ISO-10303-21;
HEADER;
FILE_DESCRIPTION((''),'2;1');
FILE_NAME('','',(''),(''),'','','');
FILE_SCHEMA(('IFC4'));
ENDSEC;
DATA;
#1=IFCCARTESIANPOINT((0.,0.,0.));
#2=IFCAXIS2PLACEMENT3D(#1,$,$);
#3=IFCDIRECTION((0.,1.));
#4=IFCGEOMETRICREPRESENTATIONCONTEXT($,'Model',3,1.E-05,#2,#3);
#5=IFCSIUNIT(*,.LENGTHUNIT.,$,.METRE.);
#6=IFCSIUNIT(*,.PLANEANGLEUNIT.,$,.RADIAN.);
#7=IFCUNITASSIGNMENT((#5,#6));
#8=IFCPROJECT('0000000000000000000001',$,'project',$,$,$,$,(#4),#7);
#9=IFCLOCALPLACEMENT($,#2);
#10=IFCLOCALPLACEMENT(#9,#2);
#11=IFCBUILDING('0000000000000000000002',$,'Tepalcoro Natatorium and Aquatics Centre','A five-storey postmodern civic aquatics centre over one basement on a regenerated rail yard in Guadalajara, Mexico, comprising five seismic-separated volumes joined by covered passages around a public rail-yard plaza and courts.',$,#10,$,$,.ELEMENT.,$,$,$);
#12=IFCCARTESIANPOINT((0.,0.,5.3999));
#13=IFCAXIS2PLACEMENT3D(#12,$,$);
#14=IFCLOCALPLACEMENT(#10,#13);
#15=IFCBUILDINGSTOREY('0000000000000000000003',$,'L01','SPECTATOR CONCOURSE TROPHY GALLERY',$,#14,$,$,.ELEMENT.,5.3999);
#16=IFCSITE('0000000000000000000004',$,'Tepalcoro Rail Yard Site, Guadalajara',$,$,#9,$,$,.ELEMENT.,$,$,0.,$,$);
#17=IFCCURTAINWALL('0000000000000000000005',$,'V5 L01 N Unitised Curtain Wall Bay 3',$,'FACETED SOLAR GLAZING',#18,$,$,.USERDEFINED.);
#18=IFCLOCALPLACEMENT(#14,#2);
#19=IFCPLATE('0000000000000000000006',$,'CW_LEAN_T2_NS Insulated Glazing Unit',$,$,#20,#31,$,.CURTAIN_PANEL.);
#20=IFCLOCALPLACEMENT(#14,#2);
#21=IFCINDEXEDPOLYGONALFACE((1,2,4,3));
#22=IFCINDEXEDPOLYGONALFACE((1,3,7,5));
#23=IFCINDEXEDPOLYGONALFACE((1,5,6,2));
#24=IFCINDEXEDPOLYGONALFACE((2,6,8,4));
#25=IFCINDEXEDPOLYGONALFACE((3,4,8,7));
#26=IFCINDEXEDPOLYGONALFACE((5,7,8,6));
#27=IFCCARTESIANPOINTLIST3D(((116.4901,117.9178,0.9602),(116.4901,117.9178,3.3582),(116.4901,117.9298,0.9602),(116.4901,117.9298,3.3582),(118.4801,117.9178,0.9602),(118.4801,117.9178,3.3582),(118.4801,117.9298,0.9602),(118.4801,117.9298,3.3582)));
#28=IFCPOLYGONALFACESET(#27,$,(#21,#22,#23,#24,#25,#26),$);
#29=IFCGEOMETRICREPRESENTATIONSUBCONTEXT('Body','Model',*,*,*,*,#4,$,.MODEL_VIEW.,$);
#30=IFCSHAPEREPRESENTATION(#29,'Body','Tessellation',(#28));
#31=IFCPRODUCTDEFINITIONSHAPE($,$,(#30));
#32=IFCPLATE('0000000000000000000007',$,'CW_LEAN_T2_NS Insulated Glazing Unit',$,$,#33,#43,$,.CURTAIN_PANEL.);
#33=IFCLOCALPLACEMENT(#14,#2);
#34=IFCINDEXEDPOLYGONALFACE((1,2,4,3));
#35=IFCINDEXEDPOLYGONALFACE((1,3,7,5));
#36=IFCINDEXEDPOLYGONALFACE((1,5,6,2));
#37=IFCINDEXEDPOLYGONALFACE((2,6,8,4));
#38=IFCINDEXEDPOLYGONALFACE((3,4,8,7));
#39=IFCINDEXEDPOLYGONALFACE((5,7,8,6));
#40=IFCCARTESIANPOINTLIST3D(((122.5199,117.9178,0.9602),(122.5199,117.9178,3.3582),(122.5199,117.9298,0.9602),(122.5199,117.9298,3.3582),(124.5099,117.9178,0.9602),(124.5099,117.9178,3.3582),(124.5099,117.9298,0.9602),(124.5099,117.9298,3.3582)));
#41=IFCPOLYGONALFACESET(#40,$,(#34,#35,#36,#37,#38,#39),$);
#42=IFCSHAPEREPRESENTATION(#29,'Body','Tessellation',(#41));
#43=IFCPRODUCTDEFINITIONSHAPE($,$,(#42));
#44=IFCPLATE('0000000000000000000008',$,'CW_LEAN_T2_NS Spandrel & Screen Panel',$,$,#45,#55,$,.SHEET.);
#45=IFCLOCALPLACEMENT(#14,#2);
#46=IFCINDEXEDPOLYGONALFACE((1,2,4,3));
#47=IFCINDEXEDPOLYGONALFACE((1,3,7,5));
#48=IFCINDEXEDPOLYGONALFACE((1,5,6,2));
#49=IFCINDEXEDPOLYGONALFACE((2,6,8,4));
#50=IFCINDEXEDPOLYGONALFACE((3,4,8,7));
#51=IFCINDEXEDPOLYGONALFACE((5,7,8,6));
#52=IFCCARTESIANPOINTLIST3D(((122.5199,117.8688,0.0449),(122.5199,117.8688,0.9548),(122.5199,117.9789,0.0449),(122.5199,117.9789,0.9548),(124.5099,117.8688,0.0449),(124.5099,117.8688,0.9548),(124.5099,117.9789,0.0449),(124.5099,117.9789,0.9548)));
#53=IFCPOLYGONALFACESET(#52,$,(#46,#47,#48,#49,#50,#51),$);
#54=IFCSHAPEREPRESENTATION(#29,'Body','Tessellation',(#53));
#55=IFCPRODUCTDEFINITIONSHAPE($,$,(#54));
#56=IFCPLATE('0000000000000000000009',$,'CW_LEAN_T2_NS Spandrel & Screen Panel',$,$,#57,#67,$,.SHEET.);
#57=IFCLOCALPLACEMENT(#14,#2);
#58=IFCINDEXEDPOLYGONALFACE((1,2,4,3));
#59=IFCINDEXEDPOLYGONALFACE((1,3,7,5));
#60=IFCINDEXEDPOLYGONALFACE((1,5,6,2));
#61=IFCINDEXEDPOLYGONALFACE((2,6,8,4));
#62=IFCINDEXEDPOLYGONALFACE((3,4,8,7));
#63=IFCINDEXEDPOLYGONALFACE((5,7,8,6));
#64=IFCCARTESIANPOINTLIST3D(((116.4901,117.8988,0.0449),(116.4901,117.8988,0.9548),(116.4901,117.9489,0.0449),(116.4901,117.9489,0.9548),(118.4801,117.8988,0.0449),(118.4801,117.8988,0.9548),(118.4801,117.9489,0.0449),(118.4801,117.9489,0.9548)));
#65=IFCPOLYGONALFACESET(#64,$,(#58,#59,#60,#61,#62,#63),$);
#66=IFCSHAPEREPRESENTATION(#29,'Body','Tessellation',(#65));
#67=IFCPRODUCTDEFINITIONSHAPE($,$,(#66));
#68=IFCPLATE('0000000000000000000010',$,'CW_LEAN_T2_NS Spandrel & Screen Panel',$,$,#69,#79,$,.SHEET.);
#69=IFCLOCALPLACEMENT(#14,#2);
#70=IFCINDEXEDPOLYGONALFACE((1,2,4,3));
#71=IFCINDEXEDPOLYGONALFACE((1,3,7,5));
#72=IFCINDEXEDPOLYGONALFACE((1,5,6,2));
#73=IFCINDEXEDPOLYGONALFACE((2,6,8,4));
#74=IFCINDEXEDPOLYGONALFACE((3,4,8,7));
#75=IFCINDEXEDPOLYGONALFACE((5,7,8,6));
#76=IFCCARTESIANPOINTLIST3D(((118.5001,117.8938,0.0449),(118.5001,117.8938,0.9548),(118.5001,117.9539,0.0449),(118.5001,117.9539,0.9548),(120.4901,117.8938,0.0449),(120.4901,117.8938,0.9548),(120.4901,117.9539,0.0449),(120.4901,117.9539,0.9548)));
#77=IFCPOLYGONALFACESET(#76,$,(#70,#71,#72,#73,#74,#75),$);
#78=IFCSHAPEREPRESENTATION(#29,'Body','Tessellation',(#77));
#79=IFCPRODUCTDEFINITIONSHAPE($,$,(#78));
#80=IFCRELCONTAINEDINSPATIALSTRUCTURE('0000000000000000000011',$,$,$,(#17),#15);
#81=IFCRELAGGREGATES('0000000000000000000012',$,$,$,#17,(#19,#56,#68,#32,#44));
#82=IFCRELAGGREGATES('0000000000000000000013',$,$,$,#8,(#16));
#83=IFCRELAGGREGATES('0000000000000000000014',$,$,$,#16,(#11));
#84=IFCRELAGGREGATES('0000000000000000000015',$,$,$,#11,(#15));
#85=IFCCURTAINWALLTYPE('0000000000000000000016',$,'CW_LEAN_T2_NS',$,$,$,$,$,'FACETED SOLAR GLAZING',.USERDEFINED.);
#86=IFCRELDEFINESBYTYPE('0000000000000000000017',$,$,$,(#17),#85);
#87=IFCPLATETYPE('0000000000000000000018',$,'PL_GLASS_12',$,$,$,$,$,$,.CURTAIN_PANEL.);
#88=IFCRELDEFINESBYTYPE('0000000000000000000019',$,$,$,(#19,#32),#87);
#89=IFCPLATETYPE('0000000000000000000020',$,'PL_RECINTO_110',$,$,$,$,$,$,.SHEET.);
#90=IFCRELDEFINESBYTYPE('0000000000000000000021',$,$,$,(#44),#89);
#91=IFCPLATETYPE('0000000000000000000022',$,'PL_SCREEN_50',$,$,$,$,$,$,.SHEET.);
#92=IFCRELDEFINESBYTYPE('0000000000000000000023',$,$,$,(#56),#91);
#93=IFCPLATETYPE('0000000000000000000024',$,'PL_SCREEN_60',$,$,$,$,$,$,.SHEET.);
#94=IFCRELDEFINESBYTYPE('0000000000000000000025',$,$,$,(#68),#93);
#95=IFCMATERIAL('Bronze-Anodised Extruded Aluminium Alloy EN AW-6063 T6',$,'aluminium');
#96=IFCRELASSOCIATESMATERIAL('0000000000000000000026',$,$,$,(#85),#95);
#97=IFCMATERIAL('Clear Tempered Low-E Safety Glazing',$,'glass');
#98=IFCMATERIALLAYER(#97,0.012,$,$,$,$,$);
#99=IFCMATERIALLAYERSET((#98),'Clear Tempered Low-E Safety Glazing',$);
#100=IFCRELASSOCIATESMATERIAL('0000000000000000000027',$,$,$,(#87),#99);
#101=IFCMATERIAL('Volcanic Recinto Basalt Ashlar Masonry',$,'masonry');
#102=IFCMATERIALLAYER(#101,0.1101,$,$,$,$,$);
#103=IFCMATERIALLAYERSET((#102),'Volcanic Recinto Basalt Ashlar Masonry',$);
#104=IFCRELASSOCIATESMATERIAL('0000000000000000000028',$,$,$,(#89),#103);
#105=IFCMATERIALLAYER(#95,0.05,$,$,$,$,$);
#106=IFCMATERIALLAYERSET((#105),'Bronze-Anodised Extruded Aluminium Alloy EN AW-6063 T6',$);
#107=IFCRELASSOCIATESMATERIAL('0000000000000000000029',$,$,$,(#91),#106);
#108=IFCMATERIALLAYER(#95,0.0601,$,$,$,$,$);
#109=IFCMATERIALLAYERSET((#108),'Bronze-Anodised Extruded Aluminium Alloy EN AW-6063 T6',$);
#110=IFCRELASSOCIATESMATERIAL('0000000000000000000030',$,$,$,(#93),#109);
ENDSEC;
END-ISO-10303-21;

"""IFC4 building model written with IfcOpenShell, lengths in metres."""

from ifc_helpers import new_model, si_unit, direction, frame, origin, origin_2d, place, context, subcontext, project, spatial, rectangle, extrude, material, layer, layer_set, type_object, element, aggregate, save


model = new_model("IFC4")

# Units and contexts
model_context = context("Model", 3, precision=1e-05, world=origin(), true_north=direction((0.0, 1.0)))
body_context = subcontext(model_context, "Body", "Model", "MODEL_VIEW")
ifc_project = project(units=[si_unit("LENGTHUNIT", "METRE"), si_unit("PLANEANGLEUNIT", "RADIAN")], contexts=[model_context])

# Site, building, storey
site_placement = place(None, origin())
site = spatial("IfcSite", under=ifc_project, at=site_placement, Name="Tepalcoro Rail Yard Site, Guadalajara", CompositionType="ELEMENT", RefElevation=0.0)
building_placement = place(site_placement, origin())
building = spatial("IfcBuilding", under=site, at=building_placement, Name="Tepalcoro Natatorium and Aquatics Centre", Description="A five-storey postmodern civic aquatics centre over one basement on a regenerated rail yard in Guadalajara, Mexico, comprising five seismic-separated volumes joined by covered passages around a public rail-yard plaza and courts.", CompositionType="ELEMENT")
storey_placement = place(building_placement, frame((0.0, 0.0, 5.3999)))
storey = spatial("IfcBuildingStorey", under=building, at=storey_placement, Name="L01", Description="SPECTATOR CONCOURSE TROPHY GALLERY", CompositionType="ELEMENT", Elevation=5.3999)

# Curtain wall
ifc_material_1 = material(Name="Bronze-Anodised Extruded Aluminium Alloy EN AW-6063 T6", Category="aluminium")
curtain_wall_type_1 = type_object("IfcCurtainWallType", Name="CW_LEAN_T2_NS", ElementType="FACETED SOLAR GLAZING", PredefinedType="USERDEFINED", material=ifc_material_1)
curtain_wall_1_placement = place(storey_placement, origin())
curtain_wall_1 = element("IfcCurtainWall", 1, at=curtain_wall_1_placement, inside=storey, type_object=curtain_wall_type_1, Name="V5 L01 N Unitised Curtain Wall Bay 3", ObjectType="FACETED SOLAR GLAZING", PredefinedType="USERDEFINED")

# Plates
ifc_material_2 = material(Name="Clear Tempered Low-E Safety Glazing", Category="glass")
ifc_layer_1 = layer(ifc_material_2, 0.012)
ifc_layer_set_1 = layer_set([ifc_layer_1], Name="Clear Tempered Low-E Safety Glazing")
plate_type_1 = type_object("IfcPlateType", Name="PL_GLASS_12", PredefinedType="CURTAIN_PANEL", material=ifc_layer_set_1)
plate_1_placement = place(storey_placement, frame((117.4851, 117.9238, 0.9602), z_axis=(0.0, 0.0, 1.0), x_axis=(1.0, 0.0, 0.0)))
plate_1 = element("IfcPlate", 2, at=plate_1_placement, type_object=plate_type_1, Name="CW_LEAN_T2_NS Insulated Glazing Unit", PredefinedType="CURTAIN_PANEL", context=body_context, shape_type="SweptSolid", body=[
    extrude(rectangle(XDim=1.99, YDim=0.012, at=origin_2d()), origin(), (0.0, 0.0, 1.0), 2.3979),
])
plate_2_placement = place(storey_placement, frame((123.5149, 117.9238, 0.9602), z_axis=(0.0, 0.0, 1.0), x_axis=(1.0, 0.0, 0.0)))
plate_2 = element("IfcPlate", 3, at=plate_2_placement, type_object=plate_type_1, Name="CW_LEAN_T2_NS Insulated Glazing Unit", PredefinedType="CURTAIN_PANEL", context=body_context, shape_type="SweptSolid", body=[
    extrude(rectangle(XDim=1.99, YDim=0.012, at=origin_2d()), origin(), (0.0, 0.0, 1.0), 2.3979),
])
ifc_material_3 = material(Name="Volcanic Recinto Basalt Ashlar Masonry", Category="masonry")
ifc_layer_2 = layer(ifc_material_3, 0.1101)
ifc_layer_set_2 = layer_set([ifc_layer_2], Name="Volcanic Recinto Basalt Ashlar Masonry")
plate_type_2 = type_object("IfcPlateType", Name="PL_RECINTO_110", PredefinedType="SHEET", material=ifc_layer_set_2)
plate_3_placement = place(storey_placement, frame((123.5149, 117.9238, 0.0449), z_axis=(0.0, 0.0, 1.0), x_axis=(1.0, 0.0, 0.0)))
plate_3 = element("IfcPlate", 4, at=plate_3_placement, type_object=plate_type_2, Name="CW_LEAN_T2_NS Spandrel & Screen Panel", PredefinedType="SHEET", context=body_context, shape_type="SweptSolid", body=[
    extrude(rectangle(XDim=1.99, YDim=0.1101, at=origin_2d()), origin(), (0.0, 0.0, 1.0), 0.9099),
])
ifc_layer_3 = layer(ifc_material_1, 0.05)
ifc_layer_set_3 = layer_set([ifc_layer_3], Name="Bronze-Anodised Extruded Aluminium Alloy EN AW-6063 T6")
plate_type_3 = type_object("IfcPlateType", Name="PL_SCREEN_50", PredefinedType="SHEET", material=ifc_layer_set_3)
plate_4_placement = place(storey_placement, frame((117.4851, 117.9238, 0.0449), z_axis=(0.0, 0.0, 1.0), x_axis=(1.0, 0.0, 0.0)))
plate_4 = element("IfcPlate", 5, at=plate_4_placement, type_object=plate_type_3, Name="CW_LEAN_T2_NS Spandrel & Screen Panel", PredefinedType="SHEET", context=body_context, shape_type="SweptSolid", body=[
    extrude(rectangle(XDim=1.99, YDim=0.05, at=origin_2d()), origin(), (0.0, 0.0, 1.0), 0.9099),
])
ifc_layer_4 = layer(ifc_material_1, 0.0601)
ifc_layer_set_4 = layer_set([ifc_layer_4], Name="Bronze-Anodised Extruded Aluminium Alloy EN AW-6063 T6")
plate_type_4 = type_object("IfcPlateType", Name="PL_SCREEN_60", PredefinedType="SHEET", material=ifc_layer_set_4)
plate_5_placement = place(storey_placement, frame((119.4951, 117.9238, 0.0449), z_axis=(0.0, 0.0, 1.0), x_axis=(1.0, 0.0, 0.0)))
plate_5 = element("IfcPlate", 6, at=plate_5_placement, type_object=plate_type_4, Name="CW_LEAN_T2_NS Spandrel & Screen Panel", PredefinedType="SHEET", context=body_context, shape_type="SweptSolid", body=[
    extrude(rectangle(XDim=1.99, YDim=0.0601, at=origin_2d()), origin(), (0.0, 0.0, 1.0), 0.9099),
])
aggregate(curtain_wall_1, [plate_1, plate_4, plate_5, plate_2, plate_3])

save(model, "model.ifc")
